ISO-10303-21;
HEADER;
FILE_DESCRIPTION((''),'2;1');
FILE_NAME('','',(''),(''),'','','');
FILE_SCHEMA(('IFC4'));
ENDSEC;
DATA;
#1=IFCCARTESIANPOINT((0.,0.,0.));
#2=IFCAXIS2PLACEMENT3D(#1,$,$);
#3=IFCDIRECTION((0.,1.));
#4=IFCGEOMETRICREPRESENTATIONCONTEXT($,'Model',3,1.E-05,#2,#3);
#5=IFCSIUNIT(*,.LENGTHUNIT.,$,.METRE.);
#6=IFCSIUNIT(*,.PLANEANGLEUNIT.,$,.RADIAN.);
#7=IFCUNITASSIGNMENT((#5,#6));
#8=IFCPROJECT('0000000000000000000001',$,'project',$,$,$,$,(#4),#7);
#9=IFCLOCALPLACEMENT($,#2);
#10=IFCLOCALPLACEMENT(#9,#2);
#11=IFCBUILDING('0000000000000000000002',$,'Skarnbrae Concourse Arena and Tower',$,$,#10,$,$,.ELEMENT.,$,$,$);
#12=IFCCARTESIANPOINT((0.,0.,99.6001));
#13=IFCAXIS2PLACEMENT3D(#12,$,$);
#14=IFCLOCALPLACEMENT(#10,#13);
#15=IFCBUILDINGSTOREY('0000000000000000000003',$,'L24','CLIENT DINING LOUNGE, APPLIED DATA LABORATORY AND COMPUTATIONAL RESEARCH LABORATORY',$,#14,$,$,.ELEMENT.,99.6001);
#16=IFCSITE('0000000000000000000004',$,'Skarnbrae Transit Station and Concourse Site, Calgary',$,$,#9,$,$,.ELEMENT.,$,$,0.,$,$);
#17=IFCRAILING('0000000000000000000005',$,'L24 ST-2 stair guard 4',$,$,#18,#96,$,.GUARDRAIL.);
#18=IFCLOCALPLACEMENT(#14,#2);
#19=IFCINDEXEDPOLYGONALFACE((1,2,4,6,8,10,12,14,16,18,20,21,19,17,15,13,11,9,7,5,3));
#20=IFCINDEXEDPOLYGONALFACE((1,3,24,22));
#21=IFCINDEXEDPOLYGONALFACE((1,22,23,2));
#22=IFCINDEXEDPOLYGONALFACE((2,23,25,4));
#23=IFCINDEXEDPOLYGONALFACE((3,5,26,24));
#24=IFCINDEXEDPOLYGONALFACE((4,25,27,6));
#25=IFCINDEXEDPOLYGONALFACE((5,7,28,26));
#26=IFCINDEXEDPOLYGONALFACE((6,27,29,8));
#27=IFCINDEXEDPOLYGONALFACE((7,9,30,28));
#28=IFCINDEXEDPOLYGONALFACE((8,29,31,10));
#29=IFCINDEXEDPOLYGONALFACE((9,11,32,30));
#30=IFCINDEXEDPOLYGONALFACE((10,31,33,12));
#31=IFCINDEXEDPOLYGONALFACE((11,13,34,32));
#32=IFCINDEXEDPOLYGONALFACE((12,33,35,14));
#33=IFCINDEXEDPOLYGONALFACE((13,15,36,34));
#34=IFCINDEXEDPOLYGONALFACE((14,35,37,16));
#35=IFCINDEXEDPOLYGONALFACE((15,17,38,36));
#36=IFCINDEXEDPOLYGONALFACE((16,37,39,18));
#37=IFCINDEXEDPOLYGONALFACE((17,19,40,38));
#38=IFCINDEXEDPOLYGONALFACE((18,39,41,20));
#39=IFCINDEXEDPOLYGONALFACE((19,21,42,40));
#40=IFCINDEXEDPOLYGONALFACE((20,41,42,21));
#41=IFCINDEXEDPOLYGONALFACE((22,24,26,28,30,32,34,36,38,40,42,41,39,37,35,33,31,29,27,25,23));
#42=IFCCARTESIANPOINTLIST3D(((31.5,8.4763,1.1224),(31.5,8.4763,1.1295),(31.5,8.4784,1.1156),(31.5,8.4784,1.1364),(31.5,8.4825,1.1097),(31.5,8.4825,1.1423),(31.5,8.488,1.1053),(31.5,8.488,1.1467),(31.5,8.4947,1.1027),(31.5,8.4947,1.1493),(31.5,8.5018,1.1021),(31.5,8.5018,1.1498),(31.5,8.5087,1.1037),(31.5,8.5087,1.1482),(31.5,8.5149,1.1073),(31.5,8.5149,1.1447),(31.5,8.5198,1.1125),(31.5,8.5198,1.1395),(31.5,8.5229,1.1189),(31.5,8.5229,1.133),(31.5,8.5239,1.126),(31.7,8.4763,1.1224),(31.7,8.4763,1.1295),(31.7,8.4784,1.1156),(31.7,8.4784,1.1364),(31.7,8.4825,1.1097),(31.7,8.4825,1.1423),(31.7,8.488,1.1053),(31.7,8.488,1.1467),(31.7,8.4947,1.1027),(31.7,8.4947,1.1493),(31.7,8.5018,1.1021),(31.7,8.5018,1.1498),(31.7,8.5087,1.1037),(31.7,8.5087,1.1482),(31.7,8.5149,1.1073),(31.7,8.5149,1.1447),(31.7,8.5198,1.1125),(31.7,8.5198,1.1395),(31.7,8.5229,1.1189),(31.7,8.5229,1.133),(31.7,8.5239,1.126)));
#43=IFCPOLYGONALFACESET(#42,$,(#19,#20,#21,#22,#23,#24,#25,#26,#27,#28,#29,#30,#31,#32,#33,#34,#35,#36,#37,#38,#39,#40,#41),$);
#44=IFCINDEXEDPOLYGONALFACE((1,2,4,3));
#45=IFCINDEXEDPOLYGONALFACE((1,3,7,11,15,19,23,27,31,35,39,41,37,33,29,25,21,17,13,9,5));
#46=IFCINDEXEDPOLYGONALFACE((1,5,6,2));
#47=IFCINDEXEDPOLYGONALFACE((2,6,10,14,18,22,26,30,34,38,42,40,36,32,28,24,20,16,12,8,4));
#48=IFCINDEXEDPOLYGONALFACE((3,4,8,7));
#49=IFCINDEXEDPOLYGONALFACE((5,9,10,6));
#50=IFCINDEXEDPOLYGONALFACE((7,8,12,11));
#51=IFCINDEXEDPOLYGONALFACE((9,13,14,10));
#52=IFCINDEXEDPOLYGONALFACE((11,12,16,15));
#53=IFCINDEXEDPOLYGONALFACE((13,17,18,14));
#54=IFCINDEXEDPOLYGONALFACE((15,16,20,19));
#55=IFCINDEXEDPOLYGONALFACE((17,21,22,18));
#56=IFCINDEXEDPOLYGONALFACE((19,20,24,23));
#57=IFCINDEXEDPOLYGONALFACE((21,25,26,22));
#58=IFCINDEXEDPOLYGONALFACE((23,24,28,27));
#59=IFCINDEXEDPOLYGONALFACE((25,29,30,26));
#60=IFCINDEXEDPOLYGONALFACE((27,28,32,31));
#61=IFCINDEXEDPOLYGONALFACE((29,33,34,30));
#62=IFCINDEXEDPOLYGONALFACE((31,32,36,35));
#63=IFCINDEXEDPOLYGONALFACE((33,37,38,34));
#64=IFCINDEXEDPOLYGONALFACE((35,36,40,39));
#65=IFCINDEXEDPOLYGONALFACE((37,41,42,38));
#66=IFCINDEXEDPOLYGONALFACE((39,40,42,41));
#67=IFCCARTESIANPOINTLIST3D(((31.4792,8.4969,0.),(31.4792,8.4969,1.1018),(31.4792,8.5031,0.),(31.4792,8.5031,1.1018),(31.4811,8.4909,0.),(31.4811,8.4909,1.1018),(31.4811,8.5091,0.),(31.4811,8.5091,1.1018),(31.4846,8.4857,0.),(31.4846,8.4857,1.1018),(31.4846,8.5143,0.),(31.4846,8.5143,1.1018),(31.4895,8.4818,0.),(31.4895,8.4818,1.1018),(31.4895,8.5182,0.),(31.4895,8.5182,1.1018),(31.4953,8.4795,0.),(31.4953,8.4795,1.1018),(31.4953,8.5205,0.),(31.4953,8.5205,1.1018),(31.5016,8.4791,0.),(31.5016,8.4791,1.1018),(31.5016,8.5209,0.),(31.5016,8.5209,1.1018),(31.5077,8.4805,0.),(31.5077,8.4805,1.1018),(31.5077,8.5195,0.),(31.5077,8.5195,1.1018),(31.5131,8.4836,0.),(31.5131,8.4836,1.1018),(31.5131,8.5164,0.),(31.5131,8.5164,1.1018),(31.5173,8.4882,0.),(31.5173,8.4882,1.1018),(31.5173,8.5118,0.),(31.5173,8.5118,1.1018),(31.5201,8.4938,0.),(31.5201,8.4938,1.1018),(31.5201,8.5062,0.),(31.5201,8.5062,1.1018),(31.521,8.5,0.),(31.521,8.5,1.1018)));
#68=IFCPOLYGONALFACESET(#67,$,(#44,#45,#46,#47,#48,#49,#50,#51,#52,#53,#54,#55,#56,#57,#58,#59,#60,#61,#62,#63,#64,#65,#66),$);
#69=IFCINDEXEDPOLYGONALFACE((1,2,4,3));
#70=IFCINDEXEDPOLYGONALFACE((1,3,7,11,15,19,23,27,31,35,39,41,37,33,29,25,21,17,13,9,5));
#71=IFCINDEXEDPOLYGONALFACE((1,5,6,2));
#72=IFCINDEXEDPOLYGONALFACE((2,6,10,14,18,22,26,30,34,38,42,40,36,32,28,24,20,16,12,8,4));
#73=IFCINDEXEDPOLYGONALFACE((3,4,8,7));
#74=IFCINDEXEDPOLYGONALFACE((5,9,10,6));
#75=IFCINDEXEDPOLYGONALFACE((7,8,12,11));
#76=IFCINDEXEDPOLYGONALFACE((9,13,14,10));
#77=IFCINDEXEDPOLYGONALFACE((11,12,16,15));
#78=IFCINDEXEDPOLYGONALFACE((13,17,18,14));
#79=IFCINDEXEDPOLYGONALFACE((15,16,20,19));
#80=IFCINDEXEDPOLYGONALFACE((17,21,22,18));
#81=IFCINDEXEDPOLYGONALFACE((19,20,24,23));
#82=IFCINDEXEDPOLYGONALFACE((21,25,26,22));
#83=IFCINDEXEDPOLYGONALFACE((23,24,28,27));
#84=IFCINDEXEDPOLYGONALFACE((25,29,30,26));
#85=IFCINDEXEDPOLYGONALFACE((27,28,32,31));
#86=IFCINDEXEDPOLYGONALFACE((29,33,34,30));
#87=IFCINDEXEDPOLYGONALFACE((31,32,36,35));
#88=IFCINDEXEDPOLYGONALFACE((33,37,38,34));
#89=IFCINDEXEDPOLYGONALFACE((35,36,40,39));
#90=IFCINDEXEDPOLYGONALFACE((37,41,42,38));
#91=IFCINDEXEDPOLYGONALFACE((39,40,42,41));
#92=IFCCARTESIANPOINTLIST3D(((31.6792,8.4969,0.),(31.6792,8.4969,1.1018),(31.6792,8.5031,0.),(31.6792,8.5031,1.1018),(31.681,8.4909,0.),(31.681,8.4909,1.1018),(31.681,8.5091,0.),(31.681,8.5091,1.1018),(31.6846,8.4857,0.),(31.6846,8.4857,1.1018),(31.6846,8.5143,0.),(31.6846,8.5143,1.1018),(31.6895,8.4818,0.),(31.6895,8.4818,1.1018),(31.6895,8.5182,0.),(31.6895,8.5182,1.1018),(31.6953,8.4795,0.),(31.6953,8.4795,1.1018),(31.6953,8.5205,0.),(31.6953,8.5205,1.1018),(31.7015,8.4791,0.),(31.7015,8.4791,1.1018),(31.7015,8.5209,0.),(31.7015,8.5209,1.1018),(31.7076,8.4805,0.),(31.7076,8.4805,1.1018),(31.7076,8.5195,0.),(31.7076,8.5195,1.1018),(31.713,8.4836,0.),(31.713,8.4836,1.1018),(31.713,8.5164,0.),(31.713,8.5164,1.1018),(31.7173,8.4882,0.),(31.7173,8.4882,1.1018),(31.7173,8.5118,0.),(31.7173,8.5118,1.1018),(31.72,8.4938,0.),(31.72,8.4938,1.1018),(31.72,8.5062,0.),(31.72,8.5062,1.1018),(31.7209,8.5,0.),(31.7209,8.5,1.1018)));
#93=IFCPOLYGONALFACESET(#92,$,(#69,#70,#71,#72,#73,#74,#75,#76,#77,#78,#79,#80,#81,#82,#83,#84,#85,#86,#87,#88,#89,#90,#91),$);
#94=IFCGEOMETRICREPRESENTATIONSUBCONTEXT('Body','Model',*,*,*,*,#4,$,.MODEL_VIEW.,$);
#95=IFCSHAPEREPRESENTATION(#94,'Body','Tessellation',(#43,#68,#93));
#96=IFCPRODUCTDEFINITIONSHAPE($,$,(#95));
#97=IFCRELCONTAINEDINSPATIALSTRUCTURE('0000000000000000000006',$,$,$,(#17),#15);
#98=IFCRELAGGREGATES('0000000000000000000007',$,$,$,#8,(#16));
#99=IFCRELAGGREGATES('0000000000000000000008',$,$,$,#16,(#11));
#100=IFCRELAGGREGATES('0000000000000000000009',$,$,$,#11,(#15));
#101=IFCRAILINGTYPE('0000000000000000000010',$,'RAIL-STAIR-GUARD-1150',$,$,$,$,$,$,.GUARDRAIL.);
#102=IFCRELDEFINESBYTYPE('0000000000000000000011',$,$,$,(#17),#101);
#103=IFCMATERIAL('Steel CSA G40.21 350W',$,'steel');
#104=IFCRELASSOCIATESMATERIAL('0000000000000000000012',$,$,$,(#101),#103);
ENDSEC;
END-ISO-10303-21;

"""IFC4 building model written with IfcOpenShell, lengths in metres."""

from ifc_helpers import new_model, si_unit, direction, frame, origin, origin_2d, place, context, subcontext, project, spatial, circle, extrude, material, type_object, element, save


model = new_model("IFC4")

# Units and contexts
model_context = context("Model", 3, precision=1e-05, world=origin(), true_north=direction((0.0, 1.0)))
body_context = subcontext(model_context, "Body", "Model", "MODEL_VIEW")
ifc_project = project(units=[si_unit("LENGTHUNIT", "METRE"), si_unit("PLANEANGLEUNIT", "RADIAN")], contexts=[model_context])

# Site, building, storey
site_placement = place(None, origin())
site = spatial("IfcSite", under=ifc_project, at=site_placement, Name="Skarnbrae Transit Station and Concourse Site, Calgary", CompositionType="ELEMENT", RefElevation=0.0)
building_placement = place(site_placement, origin())
building = spatial("IfcBuilding", under=site, at=building_placement, Name="Skarnbrae Concourse Arena and Tower", CompositionType="ELEMENT")
storey_placement = place(building_placement, frame((0.0, 0.0, 99.6001)))
storey = spatial("IfcBuildingStorey", under=building, at=storey_placement, Name="L24", Description="CLIENT DINING LOUNGE, APPLIED DATA LABORATORY AND COMPUTATIONAL RESEARCH LABORATORY", CompositionType="ELEMENT", Elevation=99.6001)

# Shared definitions
ifc_material_1 = material(Name="Steel CSA G40.21 350W", Category="steel")

# Railing
railing_type_1 = type_object("IfcRailingType", Name="RAIL-STAIR-GUARD-1150", PredefinedType="GUARDRAIL", material=ifc_material_1)
railing_1_placement = place(storey_placement, frame((31.5, 8.5, 0.0)))
element("IfcRailing", 1, at=railing_1_placement, inside=storey, type_object=railing_type_1, Name="L24 ST-2 stair guard 4", PredefinedType="GUARDRAIL", context=body_context, shape_type="SweptSolid", body=[
    extrude(circle(Radius=0.0239, at=origin_2d()), frame((0.0, 0.0, 1.126), z_axis=(1.0, 0.0, 0.0), x_axis=(0.0, 1.0, 0.0)), (0.0, 0.0, 1.0), 0.2),
    extrude(circle(Radius=0.021, at=origin_2d()), origin(), (0.0, 0.0, 1.0), 1.1018),
    extrude(circle(Radius=0.021, at=origin_2d()), frame((0.2, 0.0, 0.0)), (0.0, 0.0, 1.0), 1.1018),
])

save(model, "model.ifc")
